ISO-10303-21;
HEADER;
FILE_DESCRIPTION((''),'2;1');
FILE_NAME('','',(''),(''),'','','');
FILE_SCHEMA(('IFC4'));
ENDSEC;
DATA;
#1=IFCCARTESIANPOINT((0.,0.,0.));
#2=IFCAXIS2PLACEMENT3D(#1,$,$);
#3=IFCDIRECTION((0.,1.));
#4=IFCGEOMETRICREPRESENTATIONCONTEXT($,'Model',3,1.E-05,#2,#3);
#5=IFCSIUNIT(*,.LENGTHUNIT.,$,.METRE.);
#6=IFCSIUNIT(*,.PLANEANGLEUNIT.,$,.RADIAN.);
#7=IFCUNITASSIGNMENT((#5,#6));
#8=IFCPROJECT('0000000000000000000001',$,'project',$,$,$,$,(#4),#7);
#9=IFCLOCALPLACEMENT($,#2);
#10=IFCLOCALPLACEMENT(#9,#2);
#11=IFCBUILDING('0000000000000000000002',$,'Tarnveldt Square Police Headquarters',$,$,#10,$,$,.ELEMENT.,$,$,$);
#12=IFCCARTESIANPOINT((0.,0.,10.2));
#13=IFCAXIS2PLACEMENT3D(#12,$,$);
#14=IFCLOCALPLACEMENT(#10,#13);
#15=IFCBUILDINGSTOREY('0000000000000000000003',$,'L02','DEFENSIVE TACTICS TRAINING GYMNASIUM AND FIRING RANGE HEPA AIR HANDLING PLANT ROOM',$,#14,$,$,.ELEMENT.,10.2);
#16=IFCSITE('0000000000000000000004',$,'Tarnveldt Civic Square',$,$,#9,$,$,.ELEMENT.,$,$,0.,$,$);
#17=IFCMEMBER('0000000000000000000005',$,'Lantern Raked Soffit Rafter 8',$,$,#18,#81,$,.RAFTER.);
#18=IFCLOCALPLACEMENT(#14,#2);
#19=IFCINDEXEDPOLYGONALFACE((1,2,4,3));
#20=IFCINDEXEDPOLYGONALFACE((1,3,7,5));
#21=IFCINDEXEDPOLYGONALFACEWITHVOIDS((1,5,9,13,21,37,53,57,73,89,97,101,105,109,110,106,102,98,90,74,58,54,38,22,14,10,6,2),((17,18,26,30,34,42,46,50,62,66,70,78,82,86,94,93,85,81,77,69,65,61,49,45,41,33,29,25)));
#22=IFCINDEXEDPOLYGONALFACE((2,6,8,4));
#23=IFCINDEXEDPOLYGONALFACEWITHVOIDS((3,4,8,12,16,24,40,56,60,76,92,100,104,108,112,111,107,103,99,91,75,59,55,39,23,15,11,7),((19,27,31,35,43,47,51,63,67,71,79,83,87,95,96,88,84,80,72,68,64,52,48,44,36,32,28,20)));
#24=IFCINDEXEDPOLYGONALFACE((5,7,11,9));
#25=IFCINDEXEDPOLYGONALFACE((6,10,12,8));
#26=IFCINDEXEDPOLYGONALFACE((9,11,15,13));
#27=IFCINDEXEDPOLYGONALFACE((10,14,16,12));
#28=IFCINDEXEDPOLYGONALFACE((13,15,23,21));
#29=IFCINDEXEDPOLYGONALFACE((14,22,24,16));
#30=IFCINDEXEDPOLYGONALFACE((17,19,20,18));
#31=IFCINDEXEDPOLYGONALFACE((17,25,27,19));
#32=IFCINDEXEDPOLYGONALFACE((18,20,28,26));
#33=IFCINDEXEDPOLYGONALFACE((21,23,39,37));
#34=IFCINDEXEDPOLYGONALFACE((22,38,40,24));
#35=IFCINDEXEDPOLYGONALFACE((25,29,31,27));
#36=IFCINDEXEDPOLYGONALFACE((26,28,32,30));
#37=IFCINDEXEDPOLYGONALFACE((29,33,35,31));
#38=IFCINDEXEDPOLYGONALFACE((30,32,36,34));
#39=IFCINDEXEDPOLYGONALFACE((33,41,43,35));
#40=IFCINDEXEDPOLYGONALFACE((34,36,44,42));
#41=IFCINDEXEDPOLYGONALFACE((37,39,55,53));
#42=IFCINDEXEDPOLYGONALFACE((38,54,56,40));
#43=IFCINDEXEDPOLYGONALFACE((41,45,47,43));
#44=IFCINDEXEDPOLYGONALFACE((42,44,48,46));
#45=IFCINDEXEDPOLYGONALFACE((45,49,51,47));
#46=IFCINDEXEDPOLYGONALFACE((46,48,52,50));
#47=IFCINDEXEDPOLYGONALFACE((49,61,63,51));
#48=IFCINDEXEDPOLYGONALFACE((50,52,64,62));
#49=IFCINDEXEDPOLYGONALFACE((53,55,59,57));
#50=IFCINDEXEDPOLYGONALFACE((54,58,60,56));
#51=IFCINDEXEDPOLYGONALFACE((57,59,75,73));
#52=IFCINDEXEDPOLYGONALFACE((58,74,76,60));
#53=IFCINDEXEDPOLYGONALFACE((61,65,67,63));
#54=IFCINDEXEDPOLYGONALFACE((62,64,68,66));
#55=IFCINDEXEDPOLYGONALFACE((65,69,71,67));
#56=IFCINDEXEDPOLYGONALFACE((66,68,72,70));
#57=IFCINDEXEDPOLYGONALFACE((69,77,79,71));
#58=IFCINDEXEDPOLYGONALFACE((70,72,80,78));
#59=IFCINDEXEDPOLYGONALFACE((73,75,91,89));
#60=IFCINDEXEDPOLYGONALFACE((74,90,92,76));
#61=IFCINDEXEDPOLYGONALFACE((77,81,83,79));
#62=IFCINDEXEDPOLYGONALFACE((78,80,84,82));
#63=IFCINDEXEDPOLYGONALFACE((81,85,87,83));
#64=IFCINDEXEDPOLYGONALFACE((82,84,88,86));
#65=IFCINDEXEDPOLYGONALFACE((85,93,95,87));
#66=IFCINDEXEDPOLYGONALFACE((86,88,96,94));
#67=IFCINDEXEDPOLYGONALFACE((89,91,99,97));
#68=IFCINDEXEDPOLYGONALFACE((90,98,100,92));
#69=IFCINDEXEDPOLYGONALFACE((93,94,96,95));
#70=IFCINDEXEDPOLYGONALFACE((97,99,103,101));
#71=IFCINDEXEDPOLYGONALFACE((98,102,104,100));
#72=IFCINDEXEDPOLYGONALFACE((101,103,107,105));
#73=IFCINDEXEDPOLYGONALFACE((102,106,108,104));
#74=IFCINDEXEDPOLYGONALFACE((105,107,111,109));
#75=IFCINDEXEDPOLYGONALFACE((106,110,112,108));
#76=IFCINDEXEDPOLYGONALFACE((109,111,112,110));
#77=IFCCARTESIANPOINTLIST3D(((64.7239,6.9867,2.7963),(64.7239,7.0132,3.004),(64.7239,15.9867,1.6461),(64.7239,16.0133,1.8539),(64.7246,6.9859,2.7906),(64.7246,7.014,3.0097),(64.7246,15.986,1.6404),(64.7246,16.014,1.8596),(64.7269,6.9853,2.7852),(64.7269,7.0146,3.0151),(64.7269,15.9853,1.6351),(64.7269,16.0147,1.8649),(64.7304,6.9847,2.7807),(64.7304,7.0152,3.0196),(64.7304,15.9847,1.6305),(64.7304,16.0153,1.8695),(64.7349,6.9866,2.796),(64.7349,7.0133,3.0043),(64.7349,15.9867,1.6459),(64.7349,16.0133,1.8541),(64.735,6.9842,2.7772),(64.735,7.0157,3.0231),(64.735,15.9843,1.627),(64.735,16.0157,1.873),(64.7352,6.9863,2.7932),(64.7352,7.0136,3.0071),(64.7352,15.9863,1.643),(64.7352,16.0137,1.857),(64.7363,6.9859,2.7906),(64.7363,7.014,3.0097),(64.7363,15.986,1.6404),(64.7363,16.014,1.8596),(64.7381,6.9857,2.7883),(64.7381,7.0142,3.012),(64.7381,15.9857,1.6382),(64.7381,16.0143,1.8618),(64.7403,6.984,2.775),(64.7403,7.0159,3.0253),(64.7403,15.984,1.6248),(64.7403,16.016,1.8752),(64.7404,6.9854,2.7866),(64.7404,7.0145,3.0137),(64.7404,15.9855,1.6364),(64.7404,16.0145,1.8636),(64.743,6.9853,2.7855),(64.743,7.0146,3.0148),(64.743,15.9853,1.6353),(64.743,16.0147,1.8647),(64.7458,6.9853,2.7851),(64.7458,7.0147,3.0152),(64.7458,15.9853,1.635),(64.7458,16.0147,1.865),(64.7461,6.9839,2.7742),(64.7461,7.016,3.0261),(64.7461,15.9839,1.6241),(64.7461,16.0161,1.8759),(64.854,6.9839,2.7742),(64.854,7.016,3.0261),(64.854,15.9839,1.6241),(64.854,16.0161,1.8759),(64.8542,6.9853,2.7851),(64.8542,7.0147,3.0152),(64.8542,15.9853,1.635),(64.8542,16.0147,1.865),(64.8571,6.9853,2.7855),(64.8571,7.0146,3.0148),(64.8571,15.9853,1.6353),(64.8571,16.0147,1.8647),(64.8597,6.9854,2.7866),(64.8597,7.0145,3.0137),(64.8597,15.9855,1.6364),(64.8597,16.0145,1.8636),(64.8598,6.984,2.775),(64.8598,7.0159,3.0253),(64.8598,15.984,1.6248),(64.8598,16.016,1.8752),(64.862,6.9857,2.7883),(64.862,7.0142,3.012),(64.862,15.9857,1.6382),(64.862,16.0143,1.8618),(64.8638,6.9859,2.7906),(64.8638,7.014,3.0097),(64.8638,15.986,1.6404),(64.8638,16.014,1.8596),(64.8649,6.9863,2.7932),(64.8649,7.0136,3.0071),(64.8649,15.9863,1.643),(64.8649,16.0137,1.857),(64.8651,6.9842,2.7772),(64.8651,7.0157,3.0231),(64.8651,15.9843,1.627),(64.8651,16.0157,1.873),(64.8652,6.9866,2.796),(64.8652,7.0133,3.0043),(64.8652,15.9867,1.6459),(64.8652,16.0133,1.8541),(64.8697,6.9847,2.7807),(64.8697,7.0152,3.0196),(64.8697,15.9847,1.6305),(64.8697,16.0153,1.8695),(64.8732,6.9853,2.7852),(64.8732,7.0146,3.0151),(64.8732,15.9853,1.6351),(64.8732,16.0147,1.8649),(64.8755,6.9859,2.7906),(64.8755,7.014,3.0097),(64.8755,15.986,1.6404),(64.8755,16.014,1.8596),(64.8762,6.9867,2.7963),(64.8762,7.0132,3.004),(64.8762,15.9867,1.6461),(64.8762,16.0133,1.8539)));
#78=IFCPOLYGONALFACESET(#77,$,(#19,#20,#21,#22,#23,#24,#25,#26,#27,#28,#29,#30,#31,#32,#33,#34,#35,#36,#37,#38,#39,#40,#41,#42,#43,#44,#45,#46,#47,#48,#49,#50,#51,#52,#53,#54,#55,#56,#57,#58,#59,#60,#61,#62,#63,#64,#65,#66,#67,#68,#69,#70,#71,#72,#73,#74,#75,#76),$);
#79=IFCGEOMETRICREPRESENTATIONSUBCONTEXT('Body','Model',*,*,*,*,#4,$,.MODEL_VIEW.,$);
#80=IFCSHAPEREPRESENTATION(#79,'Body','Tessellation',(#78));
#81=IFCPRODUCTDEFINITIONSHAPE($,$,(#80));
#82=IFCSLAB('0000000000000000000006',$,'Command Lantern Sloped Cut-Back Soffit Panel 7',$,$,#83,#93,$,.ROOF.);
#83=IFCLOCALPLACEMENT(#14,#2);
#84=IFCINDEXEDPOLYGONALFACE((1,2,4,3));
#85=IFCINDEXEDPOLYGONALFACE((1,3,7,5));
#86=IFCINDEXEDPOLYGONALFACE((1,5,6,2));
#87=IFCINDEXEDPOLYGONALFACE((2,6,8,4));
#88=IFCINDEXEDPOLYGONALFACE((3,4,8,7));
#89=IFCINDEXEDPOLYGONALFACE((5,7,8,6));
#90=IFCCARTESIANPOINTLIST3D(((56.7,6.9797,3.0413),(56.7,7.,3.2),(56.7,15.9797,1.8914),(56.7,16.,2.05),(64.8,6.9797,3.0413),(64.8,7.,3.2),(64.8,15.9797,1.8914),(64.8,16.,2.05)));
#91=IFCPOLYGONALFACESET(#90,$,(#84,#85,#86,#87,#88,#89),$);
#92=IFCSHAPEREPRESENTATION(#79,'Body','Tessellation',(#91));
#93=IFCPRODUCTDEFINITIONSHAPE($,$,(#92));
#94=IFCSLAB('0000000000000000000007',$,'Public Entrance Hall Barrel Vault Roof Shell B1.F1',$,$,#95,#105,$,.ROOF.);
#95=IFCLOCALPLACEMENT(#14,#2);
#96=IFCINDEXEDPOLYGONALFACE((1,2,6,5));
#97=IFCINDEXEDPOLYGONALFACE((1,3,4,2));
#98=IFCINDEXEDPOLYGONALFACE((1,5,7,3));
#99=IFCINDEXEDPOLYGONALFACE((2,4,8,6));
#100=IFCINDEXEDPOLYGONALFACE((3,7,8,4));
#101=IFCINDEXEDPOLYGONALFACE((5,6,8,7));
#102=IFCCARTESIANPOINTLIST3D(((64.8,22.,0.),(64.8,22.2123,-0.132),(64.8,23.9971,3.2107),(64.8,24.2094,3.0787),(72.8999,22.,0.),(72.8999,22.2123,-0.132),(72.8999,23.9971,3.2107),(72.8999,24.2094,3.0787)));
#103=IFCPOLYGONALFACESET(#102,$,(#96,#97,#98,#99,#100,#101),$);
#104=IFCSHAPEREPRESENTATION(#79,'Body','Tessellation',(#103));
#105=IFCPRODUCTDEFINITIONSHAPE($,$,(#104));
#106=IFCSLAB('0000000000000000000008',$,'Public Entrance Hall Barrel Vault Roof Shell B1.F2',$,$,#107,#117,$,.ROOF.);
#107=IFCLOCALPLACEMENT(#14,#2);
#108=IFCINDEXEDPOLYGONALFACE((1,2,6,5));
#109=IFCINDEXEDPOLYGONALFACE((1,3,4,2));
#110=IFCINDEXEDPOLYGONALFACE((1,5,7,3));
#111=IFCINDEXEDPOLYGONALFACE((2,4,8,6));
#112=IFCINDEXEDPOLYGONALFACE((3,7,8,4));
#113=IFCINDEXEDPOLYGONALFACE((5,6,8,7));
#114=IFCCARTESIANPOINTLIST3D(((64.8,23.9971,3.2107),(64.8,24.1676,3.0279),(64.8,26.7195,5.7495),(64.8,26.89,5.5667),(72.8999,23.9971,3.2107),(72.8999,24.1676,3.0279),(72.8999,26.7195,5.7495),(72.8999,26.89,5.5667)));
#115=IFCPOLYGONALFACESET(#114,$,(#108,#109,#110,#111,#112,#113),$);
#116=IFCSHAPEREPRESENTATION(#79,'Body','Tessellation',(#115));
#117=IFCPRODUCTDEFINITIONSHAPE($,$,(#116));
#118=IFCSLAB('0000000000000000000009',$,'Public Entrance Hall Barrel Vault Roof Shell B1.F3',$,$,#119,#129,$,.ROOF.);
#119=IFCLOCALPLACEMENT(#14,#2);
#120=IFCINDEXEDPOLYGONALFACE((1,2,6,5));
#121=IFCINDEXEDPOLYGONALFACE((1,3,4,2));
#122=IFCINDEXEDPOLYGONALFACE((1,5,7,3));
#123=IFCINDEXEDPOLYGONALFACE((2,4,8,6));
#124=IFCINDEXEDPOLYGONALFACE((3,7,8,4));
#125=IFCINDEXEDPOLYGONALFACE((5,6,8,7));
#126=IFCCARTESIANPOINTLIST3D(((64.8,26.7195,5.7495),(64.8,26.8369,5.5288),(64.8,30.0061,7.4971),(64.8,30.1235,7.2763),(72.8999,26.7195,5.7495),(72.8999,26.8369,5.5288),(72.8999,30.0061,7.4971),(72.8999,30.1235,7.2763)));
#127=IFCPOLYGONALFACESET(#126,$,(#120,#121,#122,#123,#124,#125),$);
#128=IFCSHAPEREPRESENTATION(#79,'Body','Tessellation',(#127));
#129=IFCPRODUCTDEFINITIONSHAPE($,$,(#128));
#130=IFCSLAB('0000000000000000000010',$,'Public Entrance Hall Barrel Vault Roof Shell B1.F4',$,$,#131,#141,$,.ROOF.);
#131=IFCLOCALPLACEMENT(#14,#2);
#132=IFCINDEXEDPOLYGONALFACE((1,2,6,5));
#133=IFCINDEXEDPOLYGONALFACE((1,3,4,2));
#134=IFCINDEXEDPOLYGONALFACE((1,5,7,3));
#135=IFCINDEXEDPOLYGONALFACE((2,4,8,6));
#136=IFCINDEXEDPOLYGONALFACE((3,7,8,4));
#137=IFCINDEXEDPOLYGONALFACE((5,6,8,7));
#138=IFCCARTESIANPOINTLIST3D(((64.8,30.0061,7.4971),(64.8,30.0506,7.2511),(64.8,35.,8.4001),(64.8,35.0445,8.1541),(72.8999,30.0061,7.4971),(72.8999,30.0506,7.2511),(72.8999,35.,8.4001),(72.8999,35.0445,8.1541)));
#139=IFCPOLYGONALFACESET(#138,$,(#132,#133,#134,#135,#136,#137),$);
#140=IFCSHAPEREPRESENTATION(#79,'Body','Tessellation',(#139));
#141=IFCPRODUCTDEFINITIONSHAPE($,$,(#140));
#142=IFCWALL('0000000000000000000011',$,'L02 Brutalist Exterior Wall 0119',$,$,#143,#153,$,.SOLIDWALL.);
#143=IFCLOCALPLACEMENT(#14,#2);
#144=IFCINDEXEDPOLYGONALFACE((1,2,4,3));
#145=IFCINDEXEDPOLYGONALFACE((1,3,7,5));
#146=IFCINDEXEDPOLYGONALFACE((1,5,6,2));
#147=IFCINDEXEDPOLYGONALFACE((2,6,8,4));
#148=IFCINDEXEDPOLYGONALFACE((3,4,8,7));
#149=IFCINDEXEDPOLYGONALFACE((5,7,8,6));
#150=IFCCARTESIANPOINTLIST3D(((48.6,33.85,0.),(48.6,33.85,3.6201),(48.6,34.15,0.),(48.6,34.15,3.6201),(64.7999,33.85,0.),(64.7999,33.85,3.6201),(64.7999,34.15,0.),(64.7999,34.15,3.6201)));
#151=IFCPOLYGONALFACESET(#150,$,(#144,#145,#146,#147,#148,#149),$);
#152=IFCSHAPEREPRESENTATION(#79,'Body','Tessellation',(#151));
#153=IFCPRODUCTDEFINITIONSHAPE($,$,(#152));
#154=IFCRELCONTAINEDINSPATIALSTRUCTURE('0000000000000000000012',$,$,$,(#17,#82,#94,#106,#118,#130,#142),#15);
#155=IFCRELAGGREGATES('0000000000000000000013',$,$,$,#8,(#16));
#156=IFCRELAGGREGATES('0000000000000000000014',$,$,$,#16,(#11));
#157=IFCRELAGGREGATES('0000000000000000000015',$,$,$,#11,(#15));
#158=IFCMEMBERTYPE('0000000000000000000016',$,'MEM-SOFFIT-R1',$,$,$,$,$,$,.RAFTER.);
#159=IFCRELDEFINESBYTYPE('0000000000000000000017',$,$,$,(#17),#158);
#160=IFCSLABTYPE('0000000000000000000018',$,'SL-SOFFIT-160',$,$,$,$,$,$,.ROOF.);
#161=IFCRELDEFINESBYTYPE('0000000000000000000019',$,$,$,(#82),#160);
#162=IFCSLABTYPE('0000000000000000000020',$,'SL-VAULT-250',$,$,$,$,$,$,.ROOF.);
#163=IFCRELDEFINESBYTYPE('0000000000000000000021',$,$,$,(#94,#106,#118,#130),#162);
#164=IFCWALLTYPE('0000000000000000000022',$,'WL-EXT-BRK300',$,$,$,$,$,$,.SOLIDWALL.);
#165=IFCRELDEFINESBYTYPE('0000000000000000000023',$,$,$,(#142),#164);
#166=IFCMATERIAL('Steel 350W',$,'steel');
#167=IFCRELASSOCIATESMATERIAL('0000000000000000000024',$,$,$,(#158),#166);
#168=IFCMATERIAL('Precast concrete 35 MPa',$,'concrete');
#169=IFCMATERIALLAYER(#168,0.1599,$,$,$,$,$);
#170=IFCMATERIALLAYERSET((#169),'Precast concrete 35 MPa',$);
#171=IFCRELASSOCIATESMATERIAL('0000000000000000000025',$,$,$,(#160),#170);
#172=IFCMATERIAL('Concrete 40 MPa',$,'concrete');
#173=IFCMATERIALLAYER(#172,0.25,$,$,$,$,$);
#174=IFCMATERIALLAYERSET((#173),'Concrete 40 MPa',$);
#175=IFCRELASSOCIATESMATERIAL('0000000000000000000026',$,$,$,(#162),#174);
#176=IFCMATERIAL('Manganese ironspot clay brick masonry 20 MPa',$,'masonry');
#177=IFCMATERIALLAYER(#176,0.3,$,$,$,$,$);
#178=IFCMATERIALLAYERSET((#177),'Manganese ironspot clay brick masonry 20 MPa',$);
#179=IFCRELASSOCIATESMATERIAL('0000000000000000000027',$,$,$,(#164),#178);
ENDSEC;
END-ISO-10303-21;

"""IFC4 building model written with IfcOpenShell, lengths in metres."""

from ifc_helpers import new_model, si_unit, direction, frame, frame_2d, origin, origin_2d, place, context, subcontext, project, spatial, polyline, rectangle, hollow_rectangle, outline, extrude, material, layer, layer_set, material_profile, profile_set, type_object, element, save


model = new_model("IFC4")

# Units and contexts
model_context = context("Model", 3, precision=1e-05, world=origin(), true_north=direction((0.0, 1.0)))
body_context = subcontext(model_context, "Body", "Model", "MODEL_VIEW")
ifc_project = project(units=[si_unit("LENGTHUNIT", "METRE"), si_unit("PLANEANGLEUNIT", "RADIAN")], contexts=[model_context])

# Site, building, storey
site_placement = place(None, origin())
site = spatial("IfcSite", under=ifc_project, at=site_placement, Name="Tarnveldt Civic Square", CompositionType="ELEMENT", RefElevation=0.0)
building_placement = place(site_placement, origin())
building = spatial("IfcBuilding", under=site, at=building_placement, Name="Tarnveldt Square Police Headquarters", CompositionType="ELEMENT")
storey_placement = place(building_placement, frame((0.0, 0.0, 10.2)))
storey = spatial("IfcBuildingStorey", under=building, at=storey_placement, Name="L02", Description="DEFENSIVE TACTICS TRAINING GYMNASIUM AND FIRING RANGE HEPA AIR HANDLING PLANT ROOM", CompositionType="ELEMENT", Elevation=10.2)

# Shared definitions
ifc_material_1 = material(Name="Concrete 40 MPa", Category="concrete")

# Member
ifc_material_2 = material(Name="Steel 350W", Category="steel")
ifc_material_profile_1 = material_profile(ifc_material_2, hollow_rectangle(XDim=0.1523, YDim=0.2539, WallThickness=0.011, InnerFilletRadius=0.011, OuterFilletRadius=0.0222, at=origin_2d()), Name="HSS254x152x11")
ifc_profile_set_1 = profile_set([ifc_material_profile_1], Name="Steel 350W")
member_type_1 = type_object("IfcMemberType", Name="MEM-SOFFIT-R1", PredefinedType="RAFTER", material=ifc_profile_set_1)
for number, where, z_axis, x_axis, name in (
    (1, (64.8, 16.0, 1.75), (0.0, -0.991933, 0.126763), (1.0, 0.0, 0.0), "Lantern Raked Soffit Rafter 8"),
):
    element("IfcMember", number, at=place(storey_placement, frame(where, z_axis=z_axis, x_axis=x_axis)), inside=storey, type_object=member_type_1, Name=name, PredefinedType="RAFTER", context=body_context, shape_type="SweptSolid", body=[
        extrude(hollow_rectangle(XDim=0.1523, YDim=0.2539, WallThickness=0.011, InnerFilletRadius=0.011, OuterFilletRadius=0.0222, at=origin_2d()), origin(), (0.0, 0.0, 1.0), 9.0732),
    ])

# Slabs
ifc_material_3 = material(Name="Precast concrete 35 MPa", Category="concrete")
ifc_layer_1 = layer(ifc_material_3, 0.1599)
ifc_layer_set_1 = layer_set([ifc_layer_1], Name="Precast concrete 35 MPa")
slab_type_1 = type_object("IfcSlabType", Name="SL-SOFFIT-160", PredefinedType="ROOF", material=ifc_layer_set_1)
slab_1_placement = place(storey_placement, frame((56.7, 16.0, 2.05), z_axis=(0.0, 0.126737, 0.991936), x_axis=(1.0, 0.0, 0.0)))
element("IfcSlab", 2, at=slab_1_placement, inside=storey, type_object=slab_type_1, Name="Command Lantern Sloped Cut-Back Soffit Panel 7", PredefinedType="ROOF", context=body_context, shape_type="SweptSolid", body=[
    extrude(outline(polyline([(0.0, 0.0), (8.1001, 0.0), (8.1001, -9.0732), (0.0, -9.0732), (0.0, 0.0)])), origin(), (0.0, 0.0, -1.0), 0.1599),
])
ifc_layer_2 = layer(ifc_material_1, 0.25)
ifc_layer_set_2 = layer_set([ifc_layer_2], Name="Concrete 40 MPa")
slab_type_2 = type_object("IfcSlabType", Name="SL-VAULT-250", PredefinedType="ROOF", material=ifc_layer_set_2)
slab_2_placement = place(storey_placement, frame((64.8, 22.0, 0.0), z_axis=(0.0, -0.849139, 0.528169), x_axis=(1.0, 0.0, 0.0)))
element("IfcSlab", 3, at=slab_2_placement, inside=storey, type_object=slab_type_2, Name="Public Entrance Hall Barrel Vault Roof Shell B1.F1", PredefinedType="ROOF", context=body_context, shape_type="SweptSolid", body=[
    extrude(outline(polyline([(0.0, 0.0), (8.0999, 0.0), (8.0999, 3.7811), (0.0, 3.7811), (0.0, 0.0)])), origin(), (0.0, 0.0, -1.0), 0.25),
])
slab_3_placement = place(storey_placement, frame((64.8, 23.9971, 3.2107), z_axis=(0.0, -0.682017, 0.731337), x_axis=(1.0, 0.0, 0.0)))
element("IfcSlab", 4, at=slab_3_placement, inside=storey, type_object=slab_type_2, Name="Public Entrance Hall Barrel Vault Roof Shell B1.F2", PredefinedType="ROOF", context=body_context, shape_type="SweptSolid", body=[
    extrude(outline(polyline([(0.0, 0.0), (8.0999, 0.0), (8.0999, 3.7225), (0.0, 3.7225), (0.0, 0.0)])), origin(), (0.0, 0.0, -1.0), 0.25),
])
slab_4_placement = place(storey_placement, frame((64.8, 26.7195, 5.7495), z_axis=(0.0, -0.469478, 0.882944), x_axis=(1.0, 0.0, 0.0)))
element("IfcSlab", 5, at=slab_4_placement, inside=storey, type_object=slab_type_2, Name="Public Entrance Hall Barrel Vault Roof Shell B1.F3", PredefinedType="ROOF", context=body_context, shape_type="SweptSolid", body=[
    extrude(outline(polyline([(0.0, 0.0), (8.0999, 0.0), (8.0999, 3.7223), (0.0, 3.7223), (0.0, 0.0)])), origin(), (0.0, 0.0, -1.0), 0.25),
])
slab_5_placement = place(storey_placement, frame((64.8, 30.0061, 7.4971), z_axis=(0.0, -0.17795, 0.98404), x_axis=(1.0, 0.0, 0.0)))
element("IfcSlab", 6, at=slab_5_placement, inside=storey, type_object=slab_type_2, Name="Public Entrance Hall Barrel Vault Roof Shell B1.F4", PredefinedType="ROOF", context=body_context, shape_type="SweptSolid", body=[
    extrude(outline(polyline([(0.0, 0.0), (8.0999, 0.0), (8.0999, 5.0749), (0.0, 5.0749), (0.0, 0.0)])), origin(), (0.0, 0.0, -1.0), 0.25),
])

# Wall
ifc_material_4 = material(Name="Manganese ironspot clay brick masonry 20 MPa", Category="masonry")
ifc_layer_3 = layer(ifc_material_4, 0.3)
ifc_layer_set_3 = layer_set([ifc_layer_3], Name="Manganese ironspot clay brick masonry 20 MPa")
wall_type = type_object("IfcWallType", Name="WL-EXT-BRK300", PredefinedType="SOLIDWALL", material=ifc_layer_set_3)
wall_placement = place(storey_placement, frame((64.8, 34.0, 0.0), z_axis=(0.0, 0.0, 1.0), x_axis=(-1.0, 0.0, 0.0)))
element("IfcWall", 7, at=wall_placement, inside=storey, type_object=wall_type, Name="L02 Brutalist Exterior Wall 0119", PredefinedType="SOLIDWALL", context=body_context, shape_type="SweptSolid", body=[
    extrude(rectangle(XDim=16.2, YDim=0.3, at=frame_2d((8.1001, 0.0))), origin(), (0.0, 0.0, 1.0), 3.6201),
])

save(model, "model.ifc")
